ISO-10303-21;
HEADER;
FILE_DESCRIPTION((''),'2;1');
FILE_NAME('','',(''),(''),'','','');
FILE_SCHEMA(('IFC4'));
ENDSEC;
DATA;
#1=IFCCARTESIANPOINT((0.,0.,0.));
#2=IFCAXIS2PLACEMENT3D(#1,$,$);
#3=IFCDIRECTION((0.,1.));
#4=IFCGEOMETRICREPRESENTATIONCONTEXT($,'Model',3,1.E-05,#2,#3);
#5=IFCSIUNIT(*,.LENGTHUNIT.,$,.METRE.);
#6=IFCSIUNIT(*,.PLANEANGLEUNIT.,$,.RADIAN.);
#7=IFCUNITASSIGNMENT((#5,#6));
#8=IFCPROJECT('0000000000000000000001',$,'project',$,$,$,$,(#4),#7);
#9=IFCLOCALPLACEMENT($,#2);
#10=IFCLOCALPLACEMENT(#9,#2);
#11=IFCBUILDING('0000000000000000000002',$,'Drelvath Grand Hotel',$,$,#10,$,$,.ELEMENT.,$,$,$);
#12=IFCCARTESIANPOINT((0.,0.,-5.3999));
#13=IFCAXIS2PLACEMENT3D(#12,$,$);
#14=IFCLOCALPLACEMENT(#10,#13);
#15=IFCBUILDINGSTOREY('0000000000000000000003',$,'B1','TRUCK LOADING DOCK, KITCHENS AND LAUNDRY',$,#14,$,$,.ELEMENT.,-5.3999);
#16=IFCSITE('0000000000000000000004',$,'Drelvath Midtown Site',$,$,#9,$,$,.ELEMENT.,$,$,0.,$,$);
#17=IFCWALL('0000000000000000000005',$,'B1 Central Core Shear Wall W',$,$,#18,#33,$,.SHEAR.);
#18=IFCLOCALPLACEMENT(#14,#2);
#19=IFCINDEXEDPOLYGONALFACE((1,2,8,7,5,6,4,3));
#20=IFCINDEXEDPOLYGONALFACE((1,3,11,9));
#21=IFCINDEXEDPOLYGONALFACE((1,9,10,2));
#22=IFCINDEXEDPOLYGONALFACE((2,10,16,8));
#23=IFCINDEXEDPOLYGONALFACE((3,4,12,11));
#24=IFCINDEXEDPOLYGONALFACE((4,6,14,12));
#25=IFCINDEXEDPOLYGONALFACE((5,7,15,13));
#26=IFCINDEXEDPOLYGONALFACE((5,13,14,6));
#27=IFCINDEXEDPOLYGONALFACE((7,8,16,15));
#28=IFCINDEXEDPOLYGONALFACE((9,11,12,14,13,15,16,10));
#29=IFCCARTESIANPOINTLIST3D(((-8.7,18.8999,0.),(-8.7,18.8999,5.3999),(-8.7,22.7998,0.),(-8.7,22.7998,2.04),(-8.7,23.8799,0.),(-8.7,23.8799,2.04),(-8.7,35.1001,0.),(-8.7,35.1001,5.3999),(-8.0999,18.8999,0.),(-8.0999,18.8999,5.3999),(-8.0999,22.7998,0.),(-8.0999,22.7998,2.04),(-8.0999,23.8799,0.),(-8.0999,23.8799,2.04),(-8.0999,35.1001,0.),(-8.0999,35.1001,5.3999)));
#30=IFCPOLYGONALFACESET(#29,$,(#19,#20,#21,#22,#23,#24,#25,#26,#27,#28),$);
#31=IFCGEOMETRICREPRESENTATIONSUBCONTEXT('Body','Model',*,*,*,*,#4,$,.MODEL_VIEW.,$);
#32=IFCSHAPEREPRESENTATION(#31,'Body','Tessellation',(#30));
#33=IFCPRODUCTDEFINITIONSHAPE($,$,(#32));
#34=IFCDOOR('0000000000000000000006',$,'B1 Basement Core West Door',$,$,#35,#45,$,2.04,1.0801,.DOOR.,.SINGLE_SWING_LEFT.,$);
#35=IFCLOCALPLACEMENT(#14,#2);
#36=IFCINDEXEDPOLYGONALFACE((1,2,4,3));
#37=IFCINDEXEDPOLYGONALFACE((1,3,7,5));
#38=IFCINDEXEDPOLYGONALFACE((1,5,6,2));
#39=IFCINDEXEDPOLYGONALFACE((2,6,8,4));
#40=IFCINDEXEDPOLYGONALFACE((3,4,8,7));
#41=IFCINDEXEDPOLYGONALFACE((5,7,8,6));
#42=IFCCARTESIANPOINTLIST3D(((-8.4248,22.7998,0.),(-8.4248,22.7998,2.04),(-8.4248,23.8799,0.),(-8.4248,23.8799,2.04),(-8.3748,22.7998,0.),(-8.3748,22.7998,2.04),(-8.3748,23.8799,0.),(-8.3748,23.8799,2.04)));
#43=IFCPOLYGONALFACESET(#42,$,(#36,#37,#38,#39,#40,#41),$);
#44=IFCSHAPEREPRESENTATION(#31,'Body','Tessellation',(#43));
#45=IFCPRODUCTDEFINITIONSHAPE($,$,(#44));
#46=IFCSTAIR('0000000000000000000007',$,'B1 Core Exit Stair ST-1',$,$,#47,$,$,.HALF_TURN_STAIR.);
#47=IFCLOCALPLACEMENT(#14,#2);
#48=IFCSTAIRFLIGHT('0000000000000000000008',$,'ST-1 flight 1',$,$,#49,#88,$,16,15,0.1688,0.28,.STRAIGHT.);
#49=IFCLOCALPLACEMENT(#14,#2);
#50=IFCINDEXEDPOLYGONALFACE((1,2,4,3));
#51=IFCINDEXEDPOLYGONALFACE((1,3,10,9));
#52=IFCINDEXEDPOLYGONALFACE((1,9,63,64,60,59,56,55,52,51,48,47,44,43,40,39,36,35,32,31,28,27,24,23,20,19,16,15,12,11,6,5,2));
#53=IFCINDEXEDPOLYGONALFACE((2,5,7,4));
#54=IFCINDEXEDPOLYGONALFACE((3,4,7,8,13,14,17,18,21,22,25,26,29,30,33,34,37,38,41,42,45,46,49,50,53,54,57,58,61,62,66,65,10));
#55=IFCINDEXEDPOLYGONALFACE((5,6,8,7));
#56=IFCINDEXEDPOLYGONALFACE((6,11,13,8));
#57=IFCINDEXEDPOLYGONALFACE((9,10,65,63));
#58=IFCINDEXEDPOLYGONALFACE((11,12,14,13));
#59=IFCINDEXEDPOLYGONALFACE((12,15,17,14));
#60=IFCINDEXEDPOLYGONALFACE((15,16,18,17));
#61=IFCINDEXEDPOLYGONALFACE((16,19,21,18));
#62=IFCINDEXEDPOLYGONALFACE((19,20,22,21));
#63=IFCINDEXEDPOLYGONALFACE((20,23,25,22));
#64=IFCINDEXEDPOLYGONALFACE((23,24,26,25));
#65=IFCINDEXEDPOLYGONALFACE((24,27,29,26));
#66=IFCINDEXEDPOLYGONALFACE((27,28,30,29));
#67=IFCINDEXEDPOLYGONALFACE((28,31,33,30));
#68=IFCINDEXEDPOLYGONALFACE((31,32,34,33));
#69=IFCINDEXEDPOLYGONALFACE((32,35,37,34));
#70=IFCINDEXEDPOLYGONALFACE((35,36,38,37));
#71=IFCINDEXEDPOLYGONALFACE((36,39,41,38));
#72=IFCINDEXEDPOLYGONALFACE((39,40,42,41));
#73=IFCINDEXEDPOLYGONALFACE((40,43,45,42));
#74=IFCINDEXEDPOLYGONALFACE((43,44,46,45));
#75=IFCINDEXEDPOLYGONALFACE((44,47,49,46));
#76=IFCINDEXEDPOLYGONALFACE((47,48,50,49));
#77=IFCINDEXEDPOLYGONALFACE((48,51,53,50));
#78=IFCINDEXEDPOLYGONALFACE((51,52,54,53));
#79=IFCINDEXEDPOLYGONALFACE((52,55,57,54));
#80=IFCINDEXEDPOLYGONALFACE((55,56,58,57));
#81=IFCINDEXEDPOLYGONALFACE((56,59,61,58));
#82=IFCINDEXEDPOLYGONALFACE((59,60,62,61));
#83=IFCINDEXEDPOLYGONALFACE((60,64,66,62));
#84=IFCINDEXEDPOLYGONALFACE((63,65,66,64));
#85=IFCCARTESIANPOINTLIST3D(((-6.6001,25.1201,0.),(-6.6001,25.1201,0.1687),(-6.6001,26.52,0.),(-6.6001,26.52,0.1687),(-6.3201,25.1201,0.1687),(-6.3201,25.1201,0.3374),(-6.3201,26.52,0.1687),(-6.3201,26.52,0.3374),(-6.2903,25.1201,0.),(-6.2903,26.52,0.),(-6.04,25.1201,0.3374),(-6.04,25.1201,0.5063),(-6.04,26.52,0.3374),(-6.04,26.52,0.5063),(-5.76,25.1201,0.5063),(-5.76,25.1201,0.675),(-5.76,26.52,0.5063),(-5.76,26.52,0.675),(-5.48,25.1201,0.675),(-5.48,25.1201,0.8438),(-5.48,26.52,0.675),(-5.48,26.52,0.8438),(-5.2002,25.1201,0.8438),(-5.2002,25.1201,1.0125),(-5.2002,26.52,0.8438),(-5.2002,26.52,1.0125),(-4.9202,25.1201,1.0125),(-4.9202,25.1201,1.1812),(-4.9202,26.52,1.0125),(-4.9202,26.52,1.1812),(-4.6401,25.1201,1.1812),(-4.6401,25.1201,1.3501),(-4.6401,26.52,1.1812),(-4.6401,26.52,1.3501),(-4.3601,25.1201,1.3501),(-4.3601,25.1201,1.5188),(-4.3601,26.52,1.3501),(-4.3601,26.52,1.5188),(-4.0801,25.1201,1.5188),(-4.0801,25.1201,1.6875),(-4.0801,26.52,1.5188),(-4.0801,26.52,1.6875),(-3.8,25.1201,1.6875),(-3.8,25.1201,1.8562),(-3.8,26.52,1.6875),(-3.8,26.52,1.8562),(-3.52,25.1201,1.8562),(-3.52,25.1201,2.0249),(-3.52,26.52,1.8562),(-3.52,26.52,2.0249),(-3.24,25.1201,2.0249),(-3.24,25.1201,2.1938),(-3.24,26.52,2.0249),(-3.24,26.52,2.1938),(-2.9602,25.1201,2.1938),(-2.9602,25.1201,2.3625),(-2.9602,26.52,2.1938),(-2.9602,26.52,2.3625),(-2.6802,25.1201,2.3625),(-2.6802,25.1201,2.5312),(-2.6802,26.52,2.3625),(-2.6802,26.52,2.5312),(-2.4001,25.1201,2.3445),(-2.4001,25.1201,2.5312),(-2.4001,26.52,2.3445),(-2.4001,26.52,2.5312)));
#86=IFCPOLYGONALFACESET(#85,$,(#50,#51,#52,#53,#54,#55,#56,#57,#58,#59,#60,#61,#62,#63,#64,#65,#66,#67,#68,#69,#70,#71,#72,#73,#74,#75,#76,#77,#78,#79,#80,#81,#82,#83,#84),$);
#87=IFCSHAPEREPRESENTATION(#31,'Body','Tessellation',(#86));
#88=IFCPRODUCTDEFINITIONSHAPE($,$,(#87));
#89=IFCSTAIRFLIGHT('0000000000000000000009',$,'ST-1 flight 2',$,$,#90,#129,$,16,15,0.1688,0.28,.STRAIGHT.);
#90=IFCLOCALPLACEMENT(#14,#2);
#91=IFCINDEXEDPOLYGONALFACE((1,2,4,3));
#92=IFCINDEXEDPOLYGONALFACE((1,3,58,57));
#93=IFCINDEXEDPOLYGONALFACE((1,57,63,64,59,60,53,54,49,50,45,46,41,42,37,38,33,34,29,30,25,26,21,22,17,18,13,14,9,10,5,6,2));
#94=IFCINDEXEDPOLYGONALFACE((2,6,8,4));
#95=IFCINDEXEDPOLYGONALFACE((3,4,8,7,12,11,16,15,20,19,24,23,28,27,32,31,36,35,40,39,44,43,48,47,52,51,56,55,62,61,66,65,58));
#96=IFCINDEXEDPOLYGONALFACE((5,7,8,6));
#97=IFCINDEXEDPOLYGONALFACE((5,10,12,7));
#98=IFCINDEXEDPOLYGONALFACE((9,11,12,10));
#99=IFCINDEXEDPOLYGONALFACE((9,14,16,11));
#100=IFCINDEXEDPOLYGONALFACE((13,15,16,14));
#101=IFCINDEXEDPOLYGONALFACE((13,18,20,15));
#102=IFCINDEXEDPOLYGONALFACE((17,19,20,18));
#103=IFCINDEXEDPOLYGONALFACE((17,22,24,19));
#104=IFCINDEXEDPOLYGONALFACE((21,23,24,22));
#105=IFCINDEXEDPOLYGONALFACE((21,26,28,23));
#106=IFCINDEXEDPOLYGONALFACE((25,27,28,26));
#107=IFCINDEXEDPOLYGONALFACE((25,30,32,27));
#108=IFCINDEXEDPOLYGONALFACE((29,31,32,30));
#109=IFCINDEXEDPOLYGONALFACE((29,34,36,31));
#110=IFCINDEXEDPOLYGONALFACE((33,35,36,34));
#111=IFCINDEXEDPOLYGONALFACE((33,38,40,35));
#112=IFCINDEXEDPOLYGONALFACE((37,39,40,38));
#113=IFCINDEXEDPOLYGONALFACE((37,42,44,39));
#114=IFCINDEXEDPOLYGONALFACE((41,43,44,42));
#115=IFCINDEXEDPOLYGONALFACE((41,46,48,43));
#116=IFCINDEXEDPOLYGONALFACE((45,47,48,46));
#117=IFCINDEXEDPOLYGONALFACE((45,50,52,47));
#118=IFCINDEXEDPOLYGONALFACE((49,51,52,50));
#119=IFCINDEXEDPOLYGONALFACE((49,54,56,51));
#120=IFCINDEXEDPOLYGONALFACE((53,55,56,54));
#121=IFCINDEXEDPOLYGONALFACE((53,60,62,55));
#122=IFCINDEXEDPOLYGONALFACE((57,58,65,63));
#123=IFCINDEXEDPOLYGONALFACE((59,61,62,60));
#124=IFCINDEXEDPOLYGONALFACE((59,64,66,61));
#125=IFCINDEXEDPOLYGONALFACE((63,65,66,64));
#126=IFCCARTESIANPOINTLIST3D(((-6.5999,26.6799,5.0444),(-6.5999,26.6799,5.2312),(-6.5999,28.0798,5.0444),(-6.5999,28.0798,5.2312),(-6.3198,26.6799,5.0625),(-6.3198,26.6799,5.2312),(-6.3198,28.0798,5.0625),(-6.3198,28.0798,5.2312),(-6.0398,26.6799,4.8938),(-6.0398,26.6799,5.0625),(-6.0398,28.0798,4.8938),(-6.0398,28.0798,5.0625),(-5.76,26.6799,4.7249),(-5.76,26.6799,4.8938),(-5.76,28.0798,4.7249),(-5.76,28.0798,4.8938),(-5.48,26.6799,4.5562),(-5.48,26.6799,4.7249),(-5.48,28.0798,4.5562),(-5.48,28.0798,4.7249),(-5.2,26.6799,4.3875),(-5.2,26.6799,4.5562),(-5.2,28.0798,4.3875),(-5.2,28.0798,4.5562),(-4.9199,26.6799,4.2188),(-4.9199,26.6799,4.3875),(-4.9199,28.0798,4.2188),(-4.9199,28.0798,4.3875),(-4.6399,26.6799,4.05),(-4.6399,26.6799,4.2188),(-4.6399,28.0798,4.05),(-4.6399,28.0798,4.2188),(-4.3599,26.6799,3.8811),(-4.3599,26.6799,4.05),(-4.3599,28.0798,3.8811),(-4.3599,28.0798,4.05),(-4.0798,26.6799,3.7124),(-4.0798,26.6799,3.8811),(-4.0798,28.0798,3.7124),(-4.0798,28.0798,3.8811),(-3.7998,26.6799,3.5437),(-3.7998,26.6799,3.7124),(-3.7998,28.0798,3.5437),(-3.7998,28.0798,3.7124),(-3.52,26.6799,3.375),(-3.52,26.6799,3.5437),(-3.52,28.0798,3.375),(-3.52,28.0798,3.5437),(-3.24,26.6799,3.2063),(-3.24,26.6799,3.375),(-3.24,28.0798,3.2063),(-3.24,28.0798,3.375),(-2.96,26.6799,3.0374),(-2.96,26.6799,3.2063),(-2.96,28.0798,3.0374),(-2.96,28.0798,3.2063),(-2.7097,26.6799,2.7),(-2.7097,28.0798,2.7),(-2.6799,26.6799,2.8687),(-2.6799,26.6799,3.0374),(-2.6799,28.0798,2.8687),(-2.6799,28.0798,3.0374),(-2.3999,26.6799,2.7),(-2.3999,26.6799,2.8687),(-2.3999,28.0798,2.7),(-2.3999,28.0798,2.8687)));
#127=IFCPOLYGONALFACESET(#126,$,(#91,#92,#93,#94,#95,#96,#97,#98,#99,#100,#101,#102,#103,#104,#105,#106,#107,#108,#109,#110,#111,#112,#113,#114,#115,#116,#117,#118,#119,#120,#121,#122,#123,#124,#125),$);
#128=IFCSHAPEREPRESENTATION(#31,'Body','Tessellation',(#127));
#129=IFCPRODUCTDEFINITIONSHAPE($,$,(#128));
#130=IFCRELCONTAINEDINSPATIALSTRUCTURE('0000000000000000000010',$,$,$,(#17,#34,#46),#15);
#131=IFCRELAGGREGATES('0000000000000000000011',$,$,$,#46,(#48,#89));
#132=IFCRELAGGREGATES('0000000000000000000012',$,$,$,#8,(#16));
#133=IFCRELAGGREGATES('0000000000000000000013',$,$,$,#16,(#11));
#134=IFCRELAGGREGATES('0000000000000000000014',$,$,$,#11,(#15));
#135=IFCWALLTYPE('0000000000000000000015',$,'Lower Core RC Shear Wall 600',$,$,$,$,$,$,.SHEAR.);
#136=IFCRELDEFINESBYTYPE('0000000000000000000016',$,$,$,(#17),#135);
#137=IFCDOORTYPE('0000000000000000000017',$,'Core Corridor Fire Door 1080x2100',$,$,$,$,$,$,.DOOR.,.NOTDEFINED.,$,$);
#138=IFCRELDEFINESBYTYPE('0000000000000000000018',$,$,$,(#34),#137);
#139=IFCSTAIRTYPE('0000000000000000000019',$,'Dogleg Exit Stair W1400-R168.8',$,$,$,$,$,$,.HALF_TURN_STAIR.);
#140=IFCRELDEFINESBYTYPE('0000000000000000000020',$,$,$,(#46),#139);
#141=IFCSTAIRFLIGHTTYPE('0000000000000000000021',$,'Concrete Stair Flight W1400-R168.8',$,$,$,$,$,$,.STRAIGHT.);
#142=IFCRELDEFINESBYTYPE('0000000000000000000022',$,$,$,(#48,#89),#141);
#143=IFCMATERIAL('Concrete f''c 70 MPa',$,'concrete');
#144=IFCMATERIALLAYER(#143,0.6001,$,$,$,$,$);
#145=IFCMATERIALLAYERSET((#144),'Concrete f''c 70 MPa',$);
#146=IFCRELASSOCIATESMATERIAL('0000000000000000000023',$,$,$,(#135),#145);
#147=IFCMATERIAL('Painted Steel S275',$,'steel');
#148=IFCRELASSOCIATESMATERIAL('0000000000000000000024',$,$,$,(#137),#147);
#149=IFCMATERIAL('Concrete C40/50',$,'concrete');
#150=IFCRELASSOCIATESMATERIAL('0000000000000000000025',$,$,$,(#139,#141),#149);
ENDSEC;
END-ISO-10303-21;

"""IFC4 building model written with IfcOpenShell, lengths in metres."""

from ifc_helpers import new_model, si_unit, direction, frame, frame_2d, origin, place, context, subcontext, project, spatial, polyline, rectangle, outline, extrude, material, layer, layer_set, type_object, element, fill, aggregate, save


model = new_model("IFC4")

# Units and contexts
model_context = context("Model", 3, precision=1e-05, world=origin(), true_north=direction((0.0, 1.0)))
body_context = subcontext(model_context, "Body", "Model", "MODEL_VIEW")
ifc_project = project(units=[si_unit("LENGTHUNIT", "METRE"), si_unit("PLANEANGLEUNIT", "RADIAN")], contexts=[model_context])

# Site, building, storey
site_placement = place(None, origin())
site = spatial("IfcSite", under=ifc_project, at=site_placement, Name="Drelvath Midtown Site", CompositionType="ELEMENT", RefElevation=0.0)
building_placement = place(site_placement, origin())
building = spatial("IfcBuilding", under=site, at=building_placement, Name="Drelvath Grand Hotel", CompositionType="ELEMENT")
storey_placement = place(building_placement, frame((0.0, 0.0, -5.3999)))
storey = spatial("IfcBuildingStorey", under=building, at=storey_placement, Name="B1", Description="TRUCK LOADING DOCK, KITCHENS AND LAUNDRY", CompositionType="ELEMENT", Elevation=-5.3999)

# Shared definitions
ifc_material_1 = material(Name="Concrete f'c 70 MPa", Category="concrete")

# Shared definitions
ifc_material_2 = material(Name="Concrete C40/50", Category="concrete")
ifc_material_3 = material(Name="Painted Steel S275", Category="steel")

# Wall, opening, door
ifc_layer_1 = layer(ifc_material_1, 0.6001)
ifc_layer_set_1 = layer_set([ifc_layer_1], Name="Concrete f'c 70 MPa")
wall_type_1 = type_object("IfcWallType", Name="Lower Core RC Shear Wall 600", PredefinedType="SHEAR", material=ifc_layer_set_1)
wall_1_placement = place(storey_placement, frame((-8.3999, 18.8999, 0.0), z_axis=(0.0, 0.0, 1.0), x_axis=(0.0, 1.0, 0.0)))
wall_1 = element("IfcWall", 1, at=wall_1_placement, inside=storey, type_object=wall_type_1, Name="B1 Central Core Shear Wall W", PredefinedType="SHEAR", context=body_context, shape_type="SweptSolid", body=[
    extrude(rectangle(XDim=16.2002, YDim=0.6001, at=frame_2d((8.1001, 0.0))), origin(), (0.0, 0.0, 1.0), 5.3999),
])
opening_1_placement = place(wall_1_placement, frame((3.8999, 0.0, 0.0)))
opening_1 = element("IfcOpeningElement", 2, at=opening_1_placement, cuts=wall_1, PredefinedType="OPENING", context=body_context, shape_type="SweptSolid", body=[
    extrude(rectangle(XDim=1.0801, YDim=2.04, at=frame_2d((0.54, 1.02))), frame((0.0, 0.3101, 0.0), z_axis=(0.0, -1.0, 0.0), x_axis=(1.0, 0.0, 0.0)), (0.0, 0.0, 1.0), 0.6201),
])
door_type_1 = type_object("IfcDoorType", Name="Core Corridor Fire Door 1080x2100", OperationType="NOTDEFINED", PredefinedType="DOOR", material=ifc_material_3)
door_1_placement = place(opening_1_placement, origin())
door_1 = element("IfcDoor", 3, at=door_1_placement, inside=storey, type_object=door_type_1, Name="B1 Basement Core West Door", OperationType="SINGLE_SWING_LEFT", OverallHeight=2.04, OverallWidth=1.0801, PredefinedType="DOOR", context=body_context, shape_type="SweptSolid", body=[
    extrude(rectangle(XDim=1.0801, YDim=2.04, at=frame_2d((0.54, 1.02))), frame((0.0, 0.0249, 0.0), z_axis=(0.0, -1.0, 0.0), x_axis=(1.0, 0.0, 0.0)), (0.0, 0.0, 1.0), 0.05),
])
fill(opening_1, door_1)

# Stair, stair flights
stair_type = type_object("IfcStairType", Name="Dogleg Exit Stair W1400-R168.8", PredefinedType="HALF_TURN_STAIR", material=ifc_material_2)
stair_placement = place(storey_placement, origin())
stair = element("IfcStair", 4, at=stair_placement, inside=storey, type_object=stair_type, Name="B1 Core Exit Stair ST-1", PredefinedType="HALF_TURN_STAIR")
stair_flight_type = type_object("IfcStairFlightType", Name="Concrete Stair Flight W1400-R168.8", PredefinedType="STRAIGHT", material=ifc_material_2)
stair_flight_1_placement = place(storey_placement, frame((-6.6001, 25.8201, 0.0), z_axis=(0.0, 0.0, 1.0), x_axis=(1.0, 0.0, 0.0)))
stair_flight_1 = element("IfcStairFlight", 5, at=stair_flight_1_placement, type_object=stair_flight_type, Name="ST-1 flight 1", NumberOfRisers=16, NumberOfTreads=15, PredefinedType="STRAIGHT", RiserHeight=0.1688, TreadLength=0.28, context=body_context, shape_type="SweptSolid", body=[
    extrude(outline(polyline([(0.0, 0.0), (0.0, 0.1687), (0.28, 0.1687), (0.28, 0.3374), (0.5601, 0.3374), (0.5601, 0.5063), (0.8401, 0.5063), (0.8401, 0.675), (1.1201, 0.675), (1.1201, 0.8438), (1.3999, 0.8438), (1.3999, 1.0125), (1.6799, 1.0125), (1.6799, 1.1812), (1.96, 1.1812), (1.96, 1.3501), (2.24, 1.3501), (2.24, 1.5188), (2.52, 1.5188), (2.52, 1.6875), (2.8, 1.6875), (2.8, 1.8562), (3.0801, 1.8562), (3.0801, 2.0249), (3.3601, 2.0249), (3.3601, 2.1938), (3.6399, 2.1938), (3.6399, 2.3625), (3.9199, 2.3625), (3.9199, 2.5312), (4.2, 2.5312), (4.2, 2.7), (4.2, 2.3445), (0.3098, 0.0), (0.0, 0.0)])), frame((0.0, 0.7, 0.0), z_axis=(0.0, -1.0, 0.0), x_axis=(1.0, 0.0, 0.0)), (0.0, 0.0, 1.0), 1.3999),
])
stair_flight_2_placement = place(storey_placement, frame((-2.3999, 27.3799, 2.7), z_axis=(0.0, 0.0, 1.0), x_axis=(-1.0, 0.0, 0.0)))
stair_flight_2 = element("IfcStairFlight", 6, at=stair_flight_2_placement, type_object=stair_flight_type, Name="ST-1 flight 2", NumberOfRisers=16, NumberOfTreads=15, PredefinedType="STRAIGHT", RiserHeight=0.1688, TreadLength=0.28, context=body_context, shape_type="SweptSolid", body=[
    extrude(outline(polyline([(0.0, 0.0), (0.0, 0.1687), (0.28, 0.1687), (0.28, 0.3374), (0.5601, 0.3374), (0.5601, 0.5063), (0.8401, 0.5063), (0.8401, 0.675), (1.1201, 0.675), (1.1201, 0.8438), (1.3999, 0.8438), (1.3999, 1.0125), (1.6799, 1.0125), (1.6799, 1.1812), (1.96, 1.1812), (1.96, 1.3501), (2.24, 1.3501), (2.24, 1.5188), (2.52, 1.5188), (2.52, 1.6875), (2.8, 1.6875), (2.8, 1.8562), (3.0801, 1.8562), (3.0801, 2.0249), (3.3601, 2.0249), (3.3601, 2.1938), (3.6399, 2.1938), (3.6399, 2.3625), (3.9199, 2.3625), (3.9199, 2.5312), (4.2, 2.5312), (4.2, 2.7), (4.2, 2.3445), (0.3098, 0.0), (0.0, 0.0)])), frame((0.0, 0.7, 0.0), z_axis=(0.0, -1.0, 0.0), x_axis=(1.0, 0.0, 0.0)), (0.0, 0.0, 1.0), 1.3999),
])
aggregate(stair, [stair_flight_1, stair_flight_2])

save(model, "model.ifc")
